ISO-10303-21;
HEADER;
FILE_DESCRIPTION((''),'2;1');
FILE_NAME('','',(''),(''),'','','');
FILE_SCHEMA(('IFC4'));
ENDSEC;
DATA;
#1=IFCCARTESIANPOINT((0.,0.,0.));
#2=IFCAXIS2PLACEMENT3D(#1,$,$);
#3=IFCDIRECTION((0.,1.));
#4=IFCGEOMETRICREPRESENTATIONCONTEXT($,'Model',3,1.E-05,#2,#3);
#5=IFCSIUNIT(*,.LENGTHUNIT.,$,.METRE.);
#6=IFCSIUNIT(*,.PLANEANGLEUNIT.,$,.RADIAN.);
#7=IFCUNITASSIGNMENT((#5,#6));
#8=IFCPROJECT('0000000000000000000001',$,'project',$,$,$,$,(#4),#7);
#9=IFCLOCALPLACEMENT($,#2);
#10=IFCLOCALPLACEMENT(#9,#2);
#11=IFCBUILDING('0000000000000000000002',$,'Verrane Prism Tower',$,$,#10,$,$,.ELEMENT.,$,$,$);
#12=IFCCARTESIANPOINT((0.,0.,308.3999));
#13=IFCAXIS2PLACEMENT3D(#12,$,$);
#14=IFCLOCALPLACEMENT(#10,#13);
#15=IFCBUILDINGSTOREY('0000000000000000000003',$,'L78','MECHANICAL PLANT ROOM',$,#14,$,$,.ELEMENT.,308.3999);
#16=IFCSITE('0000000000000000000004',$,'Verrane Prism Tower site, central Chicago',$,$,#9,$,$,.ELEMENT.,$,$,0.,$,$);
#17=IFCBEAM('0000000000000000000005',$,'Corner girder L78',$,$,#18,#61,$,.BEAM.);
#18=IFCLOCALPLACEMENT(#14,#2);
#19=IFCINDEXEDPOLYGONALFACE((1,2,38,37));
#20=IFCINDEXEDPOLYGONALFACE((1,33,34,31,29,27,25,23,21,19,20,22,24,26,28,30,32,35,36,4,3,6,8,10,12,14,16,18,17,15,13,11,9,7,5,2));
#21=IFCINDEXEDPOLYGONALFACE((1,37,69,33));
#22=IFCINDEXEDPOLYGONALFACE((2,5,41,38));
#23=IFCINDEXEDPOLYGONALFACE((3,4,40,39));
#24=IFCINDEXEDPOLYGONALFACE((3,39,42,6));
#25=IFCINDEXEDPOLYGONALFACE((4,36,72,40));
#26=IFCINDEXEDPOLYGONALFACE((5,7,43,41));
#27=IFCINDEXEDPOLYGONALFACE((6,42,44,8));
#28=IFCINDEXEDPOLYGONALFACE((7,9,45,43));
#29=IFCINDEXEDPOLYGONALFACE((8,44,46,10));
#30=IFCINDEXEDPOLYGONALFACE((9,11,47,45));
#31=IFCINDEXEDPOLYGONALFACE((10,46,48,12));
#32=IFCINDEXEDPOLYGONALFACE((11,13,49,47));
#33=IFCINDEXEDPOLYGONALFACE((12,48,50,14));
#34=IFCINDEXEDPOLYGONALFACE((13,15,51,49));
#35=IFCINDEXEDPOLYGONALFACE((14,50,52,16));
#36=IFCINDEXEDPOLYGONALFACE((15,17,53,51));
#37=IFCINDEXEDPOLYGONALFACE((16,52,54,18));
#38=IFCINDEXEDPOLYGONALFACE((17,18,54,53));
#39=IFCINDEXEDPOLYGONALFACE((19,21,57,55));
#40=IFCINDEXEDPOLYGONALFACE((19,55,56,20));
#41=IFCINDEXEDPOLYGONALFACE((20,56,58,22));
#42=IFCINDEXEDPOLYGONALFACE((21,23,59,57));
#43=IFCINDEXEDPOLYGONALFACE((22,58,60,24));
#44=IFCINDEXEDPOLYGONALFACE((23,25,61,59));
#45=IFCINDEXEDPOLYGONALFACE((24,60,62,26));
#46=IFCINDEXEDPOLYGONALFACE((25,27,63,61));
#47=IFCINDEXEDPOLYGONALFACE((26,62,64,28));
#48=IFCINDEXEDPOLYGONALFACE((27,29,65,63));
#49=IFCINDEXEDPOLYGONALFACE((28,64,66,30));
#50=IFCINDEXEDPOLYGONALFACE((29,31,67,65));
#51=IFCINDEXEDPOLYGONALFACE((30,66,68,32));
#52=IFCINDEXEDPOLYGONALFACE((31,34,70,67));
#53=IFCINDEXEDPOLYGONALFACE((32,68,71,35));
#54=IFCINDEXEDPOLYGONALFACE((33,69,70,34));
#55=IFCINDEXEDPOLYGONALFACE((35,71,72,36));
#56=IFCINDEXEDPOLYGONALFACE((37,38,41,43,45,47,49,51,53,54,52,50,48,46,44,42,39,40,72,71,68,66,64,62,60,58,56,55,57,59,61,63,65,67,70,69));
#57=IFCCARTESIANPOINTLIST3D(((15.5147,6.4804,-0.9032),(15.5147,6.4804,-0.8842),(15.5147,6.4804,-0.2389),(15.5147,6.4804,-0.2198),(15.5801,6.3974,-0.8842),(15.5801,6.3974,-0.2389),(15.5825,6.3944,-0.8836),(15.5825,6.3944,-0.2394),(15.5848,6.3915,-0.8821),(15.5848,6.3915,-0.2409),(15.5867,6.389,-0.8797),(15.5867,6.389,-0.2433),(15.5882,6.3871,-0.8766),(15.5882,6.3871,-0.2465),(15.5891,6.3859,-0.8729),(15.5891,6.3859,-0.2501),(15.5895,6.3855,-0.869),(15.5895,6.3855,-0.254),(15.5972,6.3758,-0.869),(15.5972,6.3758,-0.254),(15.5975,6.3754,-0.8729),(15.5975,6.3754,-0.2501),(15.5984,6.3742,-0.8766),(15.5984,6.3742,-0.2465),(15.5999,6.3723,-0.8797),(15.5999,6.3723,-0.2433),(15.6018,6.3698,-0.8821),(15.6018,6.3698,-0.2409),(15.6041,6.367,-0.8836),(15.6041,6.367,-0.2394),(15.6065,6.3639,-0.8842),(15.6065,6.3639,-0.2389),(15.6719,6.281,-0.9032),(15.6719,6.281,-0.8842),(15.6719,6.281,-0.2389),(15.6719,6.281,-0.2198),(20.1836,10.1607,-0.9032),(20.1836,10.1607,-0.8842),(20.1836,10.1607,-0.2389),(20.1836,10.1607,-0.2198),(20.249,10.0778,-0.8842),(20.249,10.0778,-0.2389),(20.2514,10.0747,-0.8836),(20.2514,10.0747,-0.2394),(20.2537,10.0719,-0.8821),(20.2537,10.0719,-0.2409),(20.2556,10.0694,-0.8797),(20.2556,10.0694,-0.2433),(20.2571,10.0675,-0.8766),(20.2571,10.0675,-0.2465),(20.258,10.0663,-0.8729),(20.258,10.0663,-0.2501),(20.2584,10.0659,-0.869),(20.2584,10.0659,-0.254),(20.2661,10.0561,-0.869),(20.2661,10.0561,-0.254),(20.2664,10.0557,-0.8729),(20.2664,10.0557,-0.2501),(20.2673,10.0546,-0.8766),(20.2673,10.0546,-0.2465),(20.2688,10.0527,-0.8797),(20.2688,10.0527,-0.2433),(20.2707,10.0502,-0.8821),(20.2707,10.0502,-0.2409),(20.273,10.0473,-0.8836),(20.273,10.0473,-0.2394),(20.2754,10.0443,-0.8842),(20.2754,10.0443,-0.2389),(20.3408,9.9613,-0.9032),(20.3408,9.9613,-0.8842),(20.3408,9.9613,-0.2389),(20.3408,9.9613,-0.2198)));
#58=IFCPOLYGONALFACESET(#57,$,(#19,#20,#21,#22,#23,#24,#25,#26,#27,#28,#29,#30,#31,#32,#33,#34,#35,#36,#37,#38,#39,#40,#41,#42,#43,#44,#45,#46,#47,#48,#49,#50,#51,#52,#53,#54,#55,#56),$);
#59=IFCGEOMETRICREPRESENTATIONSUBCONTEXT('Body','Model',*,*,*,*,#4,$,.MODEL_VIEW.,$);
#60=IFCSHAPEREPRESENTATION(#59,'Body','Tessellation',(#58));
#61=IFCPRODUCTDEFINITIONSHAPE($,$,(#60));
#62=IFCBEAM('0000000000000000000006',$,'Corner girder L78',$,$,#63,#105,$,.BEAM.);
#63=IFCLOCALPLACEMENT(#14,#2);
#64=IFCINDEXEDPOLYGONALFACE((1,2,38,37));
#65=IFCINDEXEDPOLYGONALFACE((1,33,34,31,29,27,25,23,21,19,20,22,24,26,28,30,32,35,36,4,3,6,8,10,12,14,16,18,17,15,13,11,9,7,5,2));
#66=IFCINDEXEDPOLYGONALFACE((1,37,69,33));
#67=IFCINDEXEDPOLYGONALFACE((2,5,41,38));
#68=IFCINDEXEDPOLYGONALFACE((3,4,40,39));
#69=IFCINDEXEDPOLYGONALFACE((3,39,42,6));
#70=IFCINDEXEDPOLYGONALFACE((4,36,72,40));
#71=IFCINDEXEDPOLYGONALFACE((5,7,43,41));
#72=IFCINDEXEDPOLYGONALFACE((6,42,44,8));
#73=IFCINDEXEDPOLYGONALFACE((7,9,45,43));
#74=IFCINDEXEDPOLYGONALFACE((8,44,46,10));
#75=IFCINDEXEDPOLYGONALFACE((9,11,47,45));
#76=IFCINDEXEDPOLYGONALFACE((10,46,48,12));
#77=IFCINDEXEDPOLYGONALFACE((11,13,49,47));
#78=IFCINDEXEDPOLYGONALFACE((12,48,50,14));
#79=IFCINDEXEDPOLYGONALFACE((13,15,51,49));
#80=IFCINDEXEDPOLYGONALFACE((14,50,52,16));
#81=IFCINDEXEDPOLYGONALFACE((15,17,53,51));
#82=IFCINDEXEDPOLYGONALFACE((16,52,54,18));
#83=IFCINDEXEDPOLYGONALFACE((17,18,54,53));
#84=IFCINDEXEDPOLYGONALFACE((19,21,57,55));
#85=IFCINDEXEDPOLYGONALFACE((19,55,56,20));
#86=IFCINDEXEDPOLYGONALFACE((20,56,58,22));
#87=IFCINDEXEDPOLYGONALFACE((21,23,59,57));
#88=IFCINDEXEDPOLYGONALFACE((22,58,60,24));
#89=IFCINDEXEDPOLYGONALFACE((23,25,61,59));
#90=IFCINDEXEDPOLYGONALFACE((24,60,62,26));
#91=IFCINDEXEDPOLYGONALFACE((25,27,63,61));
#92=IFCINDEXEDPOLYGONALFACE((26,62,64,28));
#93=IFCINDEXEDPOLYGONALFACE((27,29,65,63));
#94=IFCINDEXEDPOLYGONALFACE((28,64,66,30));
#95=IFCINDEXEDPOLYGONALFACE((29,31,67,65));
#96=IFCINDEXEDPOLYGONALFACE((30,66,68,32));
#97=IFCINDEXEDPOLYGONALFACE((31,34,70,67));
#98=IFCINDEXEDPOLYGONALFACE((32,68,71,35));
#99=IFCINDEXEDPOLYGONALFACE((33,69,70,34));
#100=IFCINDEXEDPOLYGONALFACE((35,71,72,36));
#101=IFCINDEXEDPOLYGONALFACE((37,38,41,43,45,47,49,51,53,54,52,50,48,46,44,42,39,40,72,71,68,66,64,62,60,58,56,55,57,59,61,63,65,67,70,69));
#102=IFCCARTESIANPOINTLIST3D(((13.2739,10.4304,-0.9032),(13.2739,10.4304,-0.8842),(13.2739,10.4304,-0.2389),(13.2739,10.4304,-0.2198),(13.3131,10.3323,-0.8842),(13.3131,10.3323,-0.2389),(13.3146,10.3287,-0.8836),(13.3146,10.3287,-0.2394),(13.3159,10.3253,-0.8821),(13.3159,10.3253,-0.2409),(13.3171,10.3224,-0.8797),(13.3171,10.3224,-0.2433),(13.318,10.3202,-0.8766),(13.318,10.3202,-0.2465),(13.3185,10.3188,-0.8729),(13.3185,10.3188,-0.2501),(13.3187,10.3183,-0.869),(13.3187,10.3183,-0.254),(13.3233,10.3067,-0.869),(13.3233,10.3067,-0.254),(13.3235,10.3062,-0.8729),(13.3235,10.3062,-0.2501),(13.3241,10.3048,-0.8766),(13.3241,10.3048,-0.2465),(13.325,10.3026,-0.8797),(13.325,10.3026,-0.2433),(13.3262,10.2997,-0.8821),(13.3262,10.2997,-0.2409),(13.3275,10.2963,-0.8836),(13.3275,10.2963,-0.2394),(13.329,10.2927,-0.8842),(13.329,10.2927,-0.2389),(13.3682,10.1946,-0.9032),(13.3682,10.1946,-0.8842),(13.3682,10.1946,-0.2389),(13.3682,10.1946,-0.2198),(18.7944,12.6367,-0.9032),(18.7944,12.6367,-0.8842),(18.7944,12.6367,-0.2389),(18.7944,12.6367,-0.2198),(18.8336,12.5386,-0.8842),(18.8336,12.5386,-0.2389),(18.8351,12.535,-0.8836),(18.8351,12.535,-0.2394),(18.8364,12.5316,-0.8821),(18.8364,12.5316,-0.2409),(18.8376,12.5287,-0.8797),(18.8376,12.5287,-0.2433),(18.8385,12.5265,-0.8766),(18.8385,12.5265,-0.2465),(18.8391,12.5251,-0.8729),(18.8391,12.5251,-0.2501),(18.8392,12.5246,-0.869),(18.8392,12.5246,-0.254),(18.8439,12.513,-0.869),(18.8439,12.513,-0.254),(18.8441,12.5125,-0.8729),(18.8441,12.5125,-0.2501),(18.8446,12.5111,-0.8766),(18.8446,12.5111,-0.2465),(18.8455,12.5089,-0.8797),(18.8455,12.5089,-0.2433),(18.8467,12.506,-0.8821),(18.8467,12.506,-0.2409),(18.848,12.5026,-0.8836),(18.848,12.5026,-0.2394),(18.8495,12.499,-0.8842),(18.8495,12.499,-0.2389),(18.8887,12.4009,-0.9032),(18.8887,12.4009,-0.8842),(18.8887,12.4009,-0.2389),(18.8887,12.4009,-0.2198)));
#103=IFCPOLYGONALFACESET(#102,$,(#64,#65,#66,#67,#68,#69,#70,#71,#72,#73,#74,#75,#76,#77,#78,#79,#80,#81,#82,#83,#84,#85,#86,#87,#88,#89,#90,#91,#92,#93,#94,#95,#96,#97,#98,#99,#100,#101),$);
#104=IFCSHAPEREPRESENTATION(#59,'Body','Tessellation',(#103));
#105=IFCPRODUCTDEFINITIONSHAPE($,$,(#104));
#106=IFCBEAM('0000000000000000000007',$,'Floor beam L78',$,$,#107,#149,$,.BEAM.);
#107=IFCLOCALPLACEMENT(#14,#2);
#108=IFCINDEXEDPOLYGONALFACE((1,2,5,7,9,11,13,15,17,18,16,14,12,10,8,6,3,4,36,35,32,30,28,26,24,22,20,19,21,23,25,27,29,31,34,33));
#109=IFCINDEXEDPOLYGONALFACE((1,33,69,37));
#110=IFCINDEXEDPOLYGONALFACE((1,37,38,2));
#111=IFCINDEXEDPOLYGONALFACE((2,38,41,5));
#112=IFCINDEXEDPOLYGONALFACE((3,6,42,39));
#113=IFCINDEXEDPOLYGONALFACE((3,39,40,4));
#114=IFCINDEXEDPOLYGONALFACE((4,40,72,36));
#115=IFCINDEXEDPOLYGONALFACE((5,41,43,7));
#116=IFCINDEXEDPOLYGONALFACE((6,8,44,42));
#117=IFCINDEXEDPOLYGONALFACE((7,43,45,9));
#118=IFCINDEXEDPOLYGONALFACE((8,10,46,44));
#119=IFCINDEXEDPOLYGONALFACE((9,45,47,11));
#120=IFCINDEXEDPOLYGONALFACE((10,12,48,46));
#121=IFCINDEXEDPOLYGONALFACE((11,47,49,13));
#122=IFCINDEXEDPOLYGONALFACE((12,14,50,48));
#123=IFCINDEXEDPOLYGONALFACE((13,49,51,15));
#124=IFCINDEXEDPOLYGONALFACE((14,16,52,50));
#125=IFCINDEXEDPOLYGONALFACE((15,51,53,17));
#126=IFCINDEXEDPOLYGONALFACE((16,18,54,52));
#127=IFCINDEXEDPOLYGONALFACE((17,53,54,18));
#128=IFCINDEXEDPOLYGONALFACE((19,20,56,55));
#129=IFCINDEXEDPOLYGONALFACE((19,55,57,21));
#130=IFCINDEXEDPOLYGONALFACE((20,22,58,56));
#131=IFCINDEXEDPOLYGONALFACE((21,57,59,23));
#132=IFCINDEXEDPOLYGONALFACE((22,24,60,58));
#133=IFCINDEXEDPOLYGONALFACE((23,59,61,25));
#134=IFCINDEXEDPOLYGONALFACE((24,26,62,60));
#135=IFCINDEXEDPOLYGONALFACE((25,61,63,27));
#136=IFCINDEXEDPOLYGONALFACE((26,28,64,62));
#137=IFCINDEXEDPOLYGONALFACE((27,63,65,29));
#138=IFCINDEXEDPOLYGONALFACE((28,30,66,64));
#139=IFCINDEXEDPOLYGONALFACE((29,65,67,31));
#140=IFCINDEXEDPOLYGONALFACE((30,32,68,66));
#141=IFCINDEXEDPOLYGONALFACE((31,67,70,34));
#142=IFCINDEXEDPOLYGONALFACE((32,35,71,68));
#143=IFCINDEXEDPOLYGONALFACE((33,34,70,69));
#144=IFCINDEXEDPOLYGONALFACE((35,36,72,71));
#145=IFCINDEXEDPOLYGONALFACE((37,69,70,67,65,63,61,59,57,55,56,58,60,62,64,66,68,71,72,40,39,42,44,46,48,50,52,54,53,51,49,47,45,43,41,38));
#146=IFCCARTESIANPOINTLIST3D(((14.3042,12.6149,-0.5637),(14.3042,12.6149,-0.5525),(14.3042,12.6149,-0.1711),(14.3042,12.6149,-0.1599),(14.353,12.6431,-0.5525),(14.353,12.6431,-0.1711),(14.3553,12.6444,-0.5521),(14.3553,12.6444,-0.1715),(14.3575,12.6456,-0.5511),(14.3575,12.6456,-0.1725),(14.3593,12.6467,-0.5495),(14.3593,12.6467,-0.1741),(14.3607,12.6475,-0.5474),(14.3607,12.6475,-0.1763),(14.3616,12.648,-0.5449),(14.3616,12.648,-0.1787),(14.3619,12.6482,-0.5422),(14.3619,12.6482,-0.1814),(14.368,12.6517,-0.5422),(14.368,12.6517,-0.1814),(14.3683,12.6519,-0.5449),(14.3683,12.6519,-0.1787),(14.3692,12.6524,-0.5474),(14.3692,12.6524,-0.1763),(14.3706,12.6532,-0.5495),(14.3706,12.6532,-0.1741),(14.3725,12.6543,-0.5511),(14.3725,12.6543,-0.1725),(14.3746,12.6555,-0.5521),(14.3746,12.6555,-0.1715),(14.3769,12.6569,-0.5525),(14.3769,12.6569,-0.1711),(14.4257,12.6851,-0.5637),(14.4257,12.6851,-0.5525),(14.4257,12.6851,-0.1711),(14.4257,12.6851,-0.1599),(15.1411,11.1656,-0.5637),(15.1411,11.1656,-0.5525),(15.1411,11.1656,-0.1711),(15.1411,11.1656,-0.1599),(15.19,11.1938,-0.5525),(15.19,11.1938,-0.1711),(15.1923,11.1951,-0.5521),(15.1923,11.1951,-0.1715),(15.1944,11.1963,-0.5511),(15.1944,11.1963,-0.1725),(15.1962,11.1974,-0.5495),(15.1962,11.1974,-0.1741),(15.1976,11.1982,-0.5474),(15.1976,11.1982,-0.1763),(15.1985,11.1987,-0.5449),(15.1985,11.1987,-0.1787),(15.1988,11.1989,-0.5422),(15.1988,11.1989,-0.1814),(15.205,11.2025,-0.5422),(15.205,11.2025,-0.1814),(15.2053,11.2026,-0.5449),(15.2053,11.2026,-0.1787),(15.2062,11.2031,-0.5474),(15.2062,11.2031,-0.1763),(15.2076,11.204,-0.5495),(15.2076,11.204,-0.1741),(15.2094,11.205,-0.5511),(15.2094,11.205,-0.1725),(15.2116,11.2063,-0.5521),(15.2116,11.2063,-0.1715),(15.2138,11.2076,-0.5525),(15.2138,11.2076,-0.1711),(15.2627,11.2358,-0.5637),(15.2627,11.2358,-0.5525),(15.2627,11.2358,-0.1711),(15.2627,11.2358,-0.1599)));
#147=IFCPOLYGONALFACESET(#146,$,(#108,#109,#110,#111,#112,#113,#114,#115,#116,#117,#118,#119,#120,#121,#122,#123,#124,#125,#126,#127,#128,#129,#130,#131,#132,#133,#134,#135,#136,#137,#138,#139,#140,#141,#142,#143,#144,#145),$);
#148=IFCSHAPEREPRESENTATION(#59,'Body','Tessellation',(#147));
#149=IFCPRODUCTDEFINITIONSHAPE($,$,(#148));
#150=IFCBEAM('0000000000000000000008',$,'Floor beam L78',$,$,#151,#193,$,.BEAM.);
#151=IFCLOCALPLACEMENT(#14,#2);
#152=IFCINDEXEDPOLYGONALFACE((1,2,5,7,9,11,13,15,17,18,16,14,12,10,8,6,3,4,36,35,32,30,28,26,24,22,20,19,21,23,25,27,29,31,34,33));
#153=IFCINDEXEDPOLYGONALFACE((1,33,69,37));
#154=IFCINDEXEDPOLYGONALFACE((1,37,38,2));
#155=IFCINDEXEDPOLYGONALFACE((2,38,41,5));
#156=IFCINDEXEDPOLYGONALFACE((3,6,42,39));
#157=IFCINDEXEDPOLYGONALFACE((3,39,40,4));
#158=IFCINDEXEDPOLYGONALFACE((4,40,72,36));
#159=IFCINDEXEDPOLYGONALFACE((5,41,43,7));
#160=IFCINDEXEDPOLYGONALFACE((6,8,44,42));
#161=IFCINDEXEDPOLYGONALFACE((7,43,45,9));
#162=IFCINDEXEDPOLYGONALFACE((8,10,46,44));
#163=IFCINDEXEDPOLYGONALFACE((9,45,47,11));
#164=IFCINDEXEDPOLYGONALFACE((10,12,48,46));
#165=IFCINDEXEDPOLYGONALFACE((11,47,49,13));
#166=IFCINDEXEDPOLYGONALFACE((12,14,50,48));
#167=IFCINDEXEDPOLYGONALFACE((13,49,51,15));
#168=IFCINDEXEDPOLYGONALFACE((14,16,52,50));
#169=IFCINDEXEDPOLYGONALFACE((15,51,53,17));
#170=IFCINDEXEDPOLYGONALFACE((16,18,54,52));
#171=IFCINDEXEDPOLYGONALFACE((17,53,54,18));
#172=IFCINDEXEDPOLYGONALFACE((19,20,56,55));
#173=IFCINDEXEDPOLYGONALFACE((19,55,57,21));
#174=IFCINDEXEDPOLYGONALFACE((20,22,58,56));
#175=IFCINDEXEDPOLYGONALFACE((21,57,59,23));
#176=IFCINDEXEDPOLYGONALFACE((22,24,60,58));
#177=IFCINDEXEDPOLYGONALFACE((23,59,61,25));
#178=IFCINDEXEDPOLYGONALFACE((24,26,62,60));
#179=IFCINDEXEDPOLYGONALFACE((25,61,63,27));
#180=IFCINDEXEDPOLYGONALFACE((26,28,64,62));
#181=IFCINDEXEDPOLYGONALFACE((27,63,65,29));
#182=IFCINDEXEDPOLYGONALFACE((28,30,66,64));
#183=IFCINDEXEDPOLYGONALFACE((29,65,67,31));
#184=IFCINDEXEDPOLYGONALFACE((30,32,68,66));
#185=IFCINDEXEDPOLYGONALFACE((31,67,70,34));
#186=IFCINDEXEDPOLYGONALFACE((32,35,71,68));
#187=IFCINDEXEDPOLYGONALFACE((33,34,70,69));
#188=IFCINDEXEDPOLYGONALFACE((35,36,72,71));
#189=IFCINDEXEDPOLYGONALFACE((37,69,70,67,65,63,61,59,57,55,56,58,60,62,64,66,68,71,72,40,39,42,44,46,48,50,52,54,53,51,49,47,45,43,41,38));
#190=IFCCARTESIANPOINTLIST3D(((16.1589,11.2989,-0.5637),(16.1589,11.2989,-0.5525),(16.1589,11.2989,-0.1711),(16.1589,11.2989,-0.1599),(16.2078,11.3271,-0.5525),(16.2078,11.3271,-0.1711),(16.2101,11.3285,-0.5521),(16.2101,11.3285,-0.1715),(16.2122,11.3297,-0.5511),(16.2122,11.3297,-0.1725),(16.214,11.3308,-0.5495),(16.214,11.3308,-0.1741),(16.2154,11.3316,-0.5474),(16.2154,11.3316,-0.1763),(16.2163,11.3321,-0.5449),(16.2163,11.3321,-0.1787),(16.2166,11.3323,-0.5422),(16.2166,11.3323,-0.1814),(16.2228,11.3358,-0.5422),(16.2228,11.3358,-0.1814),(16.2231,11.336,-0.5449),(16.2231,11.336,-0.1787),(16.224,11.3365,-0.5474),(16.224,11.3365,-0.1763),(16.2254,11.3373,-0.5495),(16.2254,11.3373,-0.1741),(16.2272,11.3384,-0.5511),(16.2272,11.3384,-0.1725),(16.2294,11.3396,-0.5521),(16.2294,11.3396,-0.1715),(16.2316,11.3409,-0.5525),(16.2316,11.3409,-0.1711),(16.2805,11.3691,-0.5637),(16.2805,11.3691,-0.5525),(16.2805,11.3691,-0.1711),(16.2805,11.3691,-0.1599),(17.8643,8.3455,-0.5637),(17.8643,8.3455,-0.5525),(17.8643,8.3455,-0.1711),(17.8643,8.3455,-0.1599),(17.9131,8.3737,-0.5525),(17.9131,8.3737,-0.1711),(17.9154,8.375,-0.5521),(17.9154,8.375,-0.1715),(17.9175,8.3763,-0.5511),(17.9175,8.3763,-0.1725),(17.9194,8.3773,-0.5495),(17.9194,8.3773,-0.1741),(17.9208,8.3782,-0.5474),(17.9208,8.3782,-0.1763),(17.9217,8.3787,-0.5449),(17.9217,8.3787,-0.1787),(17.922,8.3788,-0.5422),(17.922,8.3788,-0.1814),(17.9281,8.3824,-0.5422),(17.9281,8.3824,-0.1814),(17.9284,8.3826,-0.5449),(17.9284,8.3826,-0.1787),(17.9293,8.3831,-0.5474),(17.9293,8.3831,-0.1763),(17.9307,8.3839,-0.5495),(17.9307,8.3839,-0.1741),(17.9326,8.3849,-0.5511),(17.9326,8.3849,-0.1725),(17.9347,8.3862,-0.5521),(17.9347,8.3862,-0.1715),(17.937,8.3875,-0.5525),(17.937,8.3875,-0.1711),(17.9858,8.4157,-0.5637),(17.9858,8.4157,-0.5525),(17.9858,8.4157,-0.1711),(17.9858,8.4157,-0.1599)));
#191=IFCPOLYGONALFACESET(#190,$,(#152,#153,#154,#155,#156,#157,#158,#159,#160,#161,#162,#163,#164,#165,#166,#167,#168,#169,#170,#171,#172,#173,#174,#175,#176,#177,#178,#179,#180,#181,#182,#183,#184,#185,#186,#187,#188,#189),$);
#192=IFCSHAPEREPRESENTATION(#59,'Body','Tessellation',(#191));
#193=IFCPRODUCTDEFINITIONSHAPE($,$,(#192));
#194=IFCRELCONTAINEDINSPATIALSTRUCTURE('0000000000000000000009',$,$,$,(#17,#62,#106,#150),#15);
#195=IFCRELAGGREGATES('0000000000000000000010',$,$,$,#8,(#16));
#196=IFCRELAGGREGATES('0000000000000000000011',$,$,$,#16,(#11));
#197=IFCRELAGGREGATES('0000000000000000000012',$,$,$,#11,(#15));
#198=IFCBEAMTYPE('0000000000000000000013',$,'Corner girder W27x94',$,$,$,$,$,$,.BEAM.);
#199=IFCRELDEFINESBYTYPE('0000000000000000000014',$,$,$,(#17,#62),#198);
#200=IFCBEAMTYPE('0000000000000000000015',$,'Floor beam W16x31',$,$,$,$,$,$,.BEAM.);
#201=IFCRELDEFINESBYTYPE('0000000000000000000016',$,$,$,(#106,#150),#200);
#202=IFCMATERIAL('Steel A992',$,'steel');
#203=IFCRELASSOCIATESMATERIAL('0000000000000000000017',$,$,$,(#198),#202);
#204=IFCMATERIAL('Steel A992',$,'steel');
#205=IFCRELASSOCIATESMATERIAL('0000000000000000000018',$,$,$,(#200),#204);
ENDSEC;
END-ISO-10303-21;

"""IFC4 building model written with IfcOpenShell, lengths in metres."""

from ifc_helpers import new_model, si_unit, direction, frame, origin, origin_2d, place, context, subcontext, project, spatial, i_section, extrude, material, material_profile, profile_set, type_object, element, save


model = new_model("IFC4")

# Units and contexts
model_context = context("Model", 3, precision=1e-05, world=origin(), true_north=direction((0.0, 1.0)))
body_context = subcontext(model_context, "Body", "Model", "MODEL_VIEW")
ifc_project = project(units=[si_unit("LENGTHUNIT", "METRE"), si_unit("PLANEANGLEUNIT", "RADIAN")], contexts=[model_context])

# Site, building, storey
site_placement = place(None, origin())
site = spatial("IfcSite", under=ifc_project, at=site_placement, Name="Verrane Prism Tower site, central Chicago", CompositionType="ELEMENT", RefElevation=0.0)
building_placement = place(site_placement, origin())
building = spatial("IfcBuilding", under=site, at=building_placement, Name="Verrane Prism Tower", CompositionType="ELEMENT")
storey_placement = place(building_placement, frame((0.0, 0.0, 308.3999)))
storey = spatial("IfcBuildingStorey", under=building, at=storey_placement, Name="L78", Description="MECHANICAL PLANT ROOM", CompositionType="ELEMENT", Elevation=308.3999)

# Beams
ifc_material_1 = material(Name="Steel A992", Category="steel")
ifc_material_profile_1 = material_profile(ifc_material_1, i_section(OverallWidth=0.2539, OverallDepth=0.6833, WebThickness=0.0125, FlangeThickness=0.019, FilletRadius=0.0151, at=origin_2d()), Name="W27x94")
ifc_profile_set_1 = profile_set([ifc_material_profile_1], Name="Steel A992")
beam_type_1 = type_object("IfcBeamType", Name="Corner girder W27x94", PredefinedType="BEAM", material=ifc_profile_set_1)
for number, where, z_axis, x_axis, name in (
    (1, (20.2622, 10.061, -0.5615), (-0.78534, -0.619065, 0.0), (0.619065, -0.78534, 0.0), "Corner girder L78"),
    (2, (18.8416, 12.5188, -0.5615), (-0.928587, -0.371115, 0.0), (0.371115, -0.928587, 0.0), "Corner girder L78"),
):
    element("IfcBeam", number, at=place(storey_placement, frame(where, z_axis=z_axis, x_axis=x_axis)), inside=storey, type_object=beam_type_1, Name=name, PredefinedType="BEAM", context=body_context, shape_type="SweptSolid", body=[
        extrude(i_section(OverallWidth=0.2539, OverallDepth=0.6833, WebThickness=0.0125, FlangeThickness=0.019, FilletRadius=0.0151, at=origin_2d()), origin(), (0.0, 0.0, 1.0), 5.9451),
    ])
ifc_material_2 = material(Name="Steel A992", Category="steel")
ifc_material_profile_2 = material_profile(ifc_material_2, i_section(OverallWidth=0.1404, OverallDepth=0.4038, WebThickness=0.0071, FlangeThickness=0.0112, FilletRadius=0.0103, at=origin_2d()), Name="W16x31")
ifc_profile_set_2 = profile_set([ifc_material_profile_2], Name="Steel A992")
beam_type_2 = type_object("IfcBeamType", Name="Floor beam W16x31", PredefinedType="BEAM", material=ifc_profile_set_2)
beam_1_placement = place(storey_placement, frame((15.2019, 11.2007, -0.3618), z_axis=(-0.500093, 0.865972, 0.0), x_axis=(-0.865972, -0.500093, 0.0)))
element("IfcBeam", 3, at=beam_1_placement, inside=storey, type_object=beam_type_2, Name="Floor beam L78", PredefinedType="BEAM", context=body_context, shape_type="SweptSolid", body=[
    extrude(i_section(OverallWidth=0.1404, OverallDepth=0.4038, WebThickness=0.0071, FlangeThickness=0.0112, FilletRadius=0.0103, at=origin_2d()), origin(), (0.0, 0.0, 1.0), 1.6736),
])
beam_2_placement = place(storey_placement, frame((17.925, 8.3806, -0.3618), z_axis=(-0.500043, 0.866001, 0.0), x_axis=(-0.866001, -0.500043, 0.0)))
element("IfcBeam", 4, at=beam_2_placement, inside=storey, type_object=beam_type_2, Name="Floor beam L78", PredefinedType="BEAM", context=body_context, shape_type="SweptSolid", body=[
    extrude(i_section(OverallWidth=0.1404, OverallDepth=0.4038, WebThickness=0.0071, FlangeThickness=0.0112, FilletRadius=0.0103, at=origin_2d()), origin(), (0.0, 0.0, 1.0), 3.4104),
])

save(model, "model.ifc")
